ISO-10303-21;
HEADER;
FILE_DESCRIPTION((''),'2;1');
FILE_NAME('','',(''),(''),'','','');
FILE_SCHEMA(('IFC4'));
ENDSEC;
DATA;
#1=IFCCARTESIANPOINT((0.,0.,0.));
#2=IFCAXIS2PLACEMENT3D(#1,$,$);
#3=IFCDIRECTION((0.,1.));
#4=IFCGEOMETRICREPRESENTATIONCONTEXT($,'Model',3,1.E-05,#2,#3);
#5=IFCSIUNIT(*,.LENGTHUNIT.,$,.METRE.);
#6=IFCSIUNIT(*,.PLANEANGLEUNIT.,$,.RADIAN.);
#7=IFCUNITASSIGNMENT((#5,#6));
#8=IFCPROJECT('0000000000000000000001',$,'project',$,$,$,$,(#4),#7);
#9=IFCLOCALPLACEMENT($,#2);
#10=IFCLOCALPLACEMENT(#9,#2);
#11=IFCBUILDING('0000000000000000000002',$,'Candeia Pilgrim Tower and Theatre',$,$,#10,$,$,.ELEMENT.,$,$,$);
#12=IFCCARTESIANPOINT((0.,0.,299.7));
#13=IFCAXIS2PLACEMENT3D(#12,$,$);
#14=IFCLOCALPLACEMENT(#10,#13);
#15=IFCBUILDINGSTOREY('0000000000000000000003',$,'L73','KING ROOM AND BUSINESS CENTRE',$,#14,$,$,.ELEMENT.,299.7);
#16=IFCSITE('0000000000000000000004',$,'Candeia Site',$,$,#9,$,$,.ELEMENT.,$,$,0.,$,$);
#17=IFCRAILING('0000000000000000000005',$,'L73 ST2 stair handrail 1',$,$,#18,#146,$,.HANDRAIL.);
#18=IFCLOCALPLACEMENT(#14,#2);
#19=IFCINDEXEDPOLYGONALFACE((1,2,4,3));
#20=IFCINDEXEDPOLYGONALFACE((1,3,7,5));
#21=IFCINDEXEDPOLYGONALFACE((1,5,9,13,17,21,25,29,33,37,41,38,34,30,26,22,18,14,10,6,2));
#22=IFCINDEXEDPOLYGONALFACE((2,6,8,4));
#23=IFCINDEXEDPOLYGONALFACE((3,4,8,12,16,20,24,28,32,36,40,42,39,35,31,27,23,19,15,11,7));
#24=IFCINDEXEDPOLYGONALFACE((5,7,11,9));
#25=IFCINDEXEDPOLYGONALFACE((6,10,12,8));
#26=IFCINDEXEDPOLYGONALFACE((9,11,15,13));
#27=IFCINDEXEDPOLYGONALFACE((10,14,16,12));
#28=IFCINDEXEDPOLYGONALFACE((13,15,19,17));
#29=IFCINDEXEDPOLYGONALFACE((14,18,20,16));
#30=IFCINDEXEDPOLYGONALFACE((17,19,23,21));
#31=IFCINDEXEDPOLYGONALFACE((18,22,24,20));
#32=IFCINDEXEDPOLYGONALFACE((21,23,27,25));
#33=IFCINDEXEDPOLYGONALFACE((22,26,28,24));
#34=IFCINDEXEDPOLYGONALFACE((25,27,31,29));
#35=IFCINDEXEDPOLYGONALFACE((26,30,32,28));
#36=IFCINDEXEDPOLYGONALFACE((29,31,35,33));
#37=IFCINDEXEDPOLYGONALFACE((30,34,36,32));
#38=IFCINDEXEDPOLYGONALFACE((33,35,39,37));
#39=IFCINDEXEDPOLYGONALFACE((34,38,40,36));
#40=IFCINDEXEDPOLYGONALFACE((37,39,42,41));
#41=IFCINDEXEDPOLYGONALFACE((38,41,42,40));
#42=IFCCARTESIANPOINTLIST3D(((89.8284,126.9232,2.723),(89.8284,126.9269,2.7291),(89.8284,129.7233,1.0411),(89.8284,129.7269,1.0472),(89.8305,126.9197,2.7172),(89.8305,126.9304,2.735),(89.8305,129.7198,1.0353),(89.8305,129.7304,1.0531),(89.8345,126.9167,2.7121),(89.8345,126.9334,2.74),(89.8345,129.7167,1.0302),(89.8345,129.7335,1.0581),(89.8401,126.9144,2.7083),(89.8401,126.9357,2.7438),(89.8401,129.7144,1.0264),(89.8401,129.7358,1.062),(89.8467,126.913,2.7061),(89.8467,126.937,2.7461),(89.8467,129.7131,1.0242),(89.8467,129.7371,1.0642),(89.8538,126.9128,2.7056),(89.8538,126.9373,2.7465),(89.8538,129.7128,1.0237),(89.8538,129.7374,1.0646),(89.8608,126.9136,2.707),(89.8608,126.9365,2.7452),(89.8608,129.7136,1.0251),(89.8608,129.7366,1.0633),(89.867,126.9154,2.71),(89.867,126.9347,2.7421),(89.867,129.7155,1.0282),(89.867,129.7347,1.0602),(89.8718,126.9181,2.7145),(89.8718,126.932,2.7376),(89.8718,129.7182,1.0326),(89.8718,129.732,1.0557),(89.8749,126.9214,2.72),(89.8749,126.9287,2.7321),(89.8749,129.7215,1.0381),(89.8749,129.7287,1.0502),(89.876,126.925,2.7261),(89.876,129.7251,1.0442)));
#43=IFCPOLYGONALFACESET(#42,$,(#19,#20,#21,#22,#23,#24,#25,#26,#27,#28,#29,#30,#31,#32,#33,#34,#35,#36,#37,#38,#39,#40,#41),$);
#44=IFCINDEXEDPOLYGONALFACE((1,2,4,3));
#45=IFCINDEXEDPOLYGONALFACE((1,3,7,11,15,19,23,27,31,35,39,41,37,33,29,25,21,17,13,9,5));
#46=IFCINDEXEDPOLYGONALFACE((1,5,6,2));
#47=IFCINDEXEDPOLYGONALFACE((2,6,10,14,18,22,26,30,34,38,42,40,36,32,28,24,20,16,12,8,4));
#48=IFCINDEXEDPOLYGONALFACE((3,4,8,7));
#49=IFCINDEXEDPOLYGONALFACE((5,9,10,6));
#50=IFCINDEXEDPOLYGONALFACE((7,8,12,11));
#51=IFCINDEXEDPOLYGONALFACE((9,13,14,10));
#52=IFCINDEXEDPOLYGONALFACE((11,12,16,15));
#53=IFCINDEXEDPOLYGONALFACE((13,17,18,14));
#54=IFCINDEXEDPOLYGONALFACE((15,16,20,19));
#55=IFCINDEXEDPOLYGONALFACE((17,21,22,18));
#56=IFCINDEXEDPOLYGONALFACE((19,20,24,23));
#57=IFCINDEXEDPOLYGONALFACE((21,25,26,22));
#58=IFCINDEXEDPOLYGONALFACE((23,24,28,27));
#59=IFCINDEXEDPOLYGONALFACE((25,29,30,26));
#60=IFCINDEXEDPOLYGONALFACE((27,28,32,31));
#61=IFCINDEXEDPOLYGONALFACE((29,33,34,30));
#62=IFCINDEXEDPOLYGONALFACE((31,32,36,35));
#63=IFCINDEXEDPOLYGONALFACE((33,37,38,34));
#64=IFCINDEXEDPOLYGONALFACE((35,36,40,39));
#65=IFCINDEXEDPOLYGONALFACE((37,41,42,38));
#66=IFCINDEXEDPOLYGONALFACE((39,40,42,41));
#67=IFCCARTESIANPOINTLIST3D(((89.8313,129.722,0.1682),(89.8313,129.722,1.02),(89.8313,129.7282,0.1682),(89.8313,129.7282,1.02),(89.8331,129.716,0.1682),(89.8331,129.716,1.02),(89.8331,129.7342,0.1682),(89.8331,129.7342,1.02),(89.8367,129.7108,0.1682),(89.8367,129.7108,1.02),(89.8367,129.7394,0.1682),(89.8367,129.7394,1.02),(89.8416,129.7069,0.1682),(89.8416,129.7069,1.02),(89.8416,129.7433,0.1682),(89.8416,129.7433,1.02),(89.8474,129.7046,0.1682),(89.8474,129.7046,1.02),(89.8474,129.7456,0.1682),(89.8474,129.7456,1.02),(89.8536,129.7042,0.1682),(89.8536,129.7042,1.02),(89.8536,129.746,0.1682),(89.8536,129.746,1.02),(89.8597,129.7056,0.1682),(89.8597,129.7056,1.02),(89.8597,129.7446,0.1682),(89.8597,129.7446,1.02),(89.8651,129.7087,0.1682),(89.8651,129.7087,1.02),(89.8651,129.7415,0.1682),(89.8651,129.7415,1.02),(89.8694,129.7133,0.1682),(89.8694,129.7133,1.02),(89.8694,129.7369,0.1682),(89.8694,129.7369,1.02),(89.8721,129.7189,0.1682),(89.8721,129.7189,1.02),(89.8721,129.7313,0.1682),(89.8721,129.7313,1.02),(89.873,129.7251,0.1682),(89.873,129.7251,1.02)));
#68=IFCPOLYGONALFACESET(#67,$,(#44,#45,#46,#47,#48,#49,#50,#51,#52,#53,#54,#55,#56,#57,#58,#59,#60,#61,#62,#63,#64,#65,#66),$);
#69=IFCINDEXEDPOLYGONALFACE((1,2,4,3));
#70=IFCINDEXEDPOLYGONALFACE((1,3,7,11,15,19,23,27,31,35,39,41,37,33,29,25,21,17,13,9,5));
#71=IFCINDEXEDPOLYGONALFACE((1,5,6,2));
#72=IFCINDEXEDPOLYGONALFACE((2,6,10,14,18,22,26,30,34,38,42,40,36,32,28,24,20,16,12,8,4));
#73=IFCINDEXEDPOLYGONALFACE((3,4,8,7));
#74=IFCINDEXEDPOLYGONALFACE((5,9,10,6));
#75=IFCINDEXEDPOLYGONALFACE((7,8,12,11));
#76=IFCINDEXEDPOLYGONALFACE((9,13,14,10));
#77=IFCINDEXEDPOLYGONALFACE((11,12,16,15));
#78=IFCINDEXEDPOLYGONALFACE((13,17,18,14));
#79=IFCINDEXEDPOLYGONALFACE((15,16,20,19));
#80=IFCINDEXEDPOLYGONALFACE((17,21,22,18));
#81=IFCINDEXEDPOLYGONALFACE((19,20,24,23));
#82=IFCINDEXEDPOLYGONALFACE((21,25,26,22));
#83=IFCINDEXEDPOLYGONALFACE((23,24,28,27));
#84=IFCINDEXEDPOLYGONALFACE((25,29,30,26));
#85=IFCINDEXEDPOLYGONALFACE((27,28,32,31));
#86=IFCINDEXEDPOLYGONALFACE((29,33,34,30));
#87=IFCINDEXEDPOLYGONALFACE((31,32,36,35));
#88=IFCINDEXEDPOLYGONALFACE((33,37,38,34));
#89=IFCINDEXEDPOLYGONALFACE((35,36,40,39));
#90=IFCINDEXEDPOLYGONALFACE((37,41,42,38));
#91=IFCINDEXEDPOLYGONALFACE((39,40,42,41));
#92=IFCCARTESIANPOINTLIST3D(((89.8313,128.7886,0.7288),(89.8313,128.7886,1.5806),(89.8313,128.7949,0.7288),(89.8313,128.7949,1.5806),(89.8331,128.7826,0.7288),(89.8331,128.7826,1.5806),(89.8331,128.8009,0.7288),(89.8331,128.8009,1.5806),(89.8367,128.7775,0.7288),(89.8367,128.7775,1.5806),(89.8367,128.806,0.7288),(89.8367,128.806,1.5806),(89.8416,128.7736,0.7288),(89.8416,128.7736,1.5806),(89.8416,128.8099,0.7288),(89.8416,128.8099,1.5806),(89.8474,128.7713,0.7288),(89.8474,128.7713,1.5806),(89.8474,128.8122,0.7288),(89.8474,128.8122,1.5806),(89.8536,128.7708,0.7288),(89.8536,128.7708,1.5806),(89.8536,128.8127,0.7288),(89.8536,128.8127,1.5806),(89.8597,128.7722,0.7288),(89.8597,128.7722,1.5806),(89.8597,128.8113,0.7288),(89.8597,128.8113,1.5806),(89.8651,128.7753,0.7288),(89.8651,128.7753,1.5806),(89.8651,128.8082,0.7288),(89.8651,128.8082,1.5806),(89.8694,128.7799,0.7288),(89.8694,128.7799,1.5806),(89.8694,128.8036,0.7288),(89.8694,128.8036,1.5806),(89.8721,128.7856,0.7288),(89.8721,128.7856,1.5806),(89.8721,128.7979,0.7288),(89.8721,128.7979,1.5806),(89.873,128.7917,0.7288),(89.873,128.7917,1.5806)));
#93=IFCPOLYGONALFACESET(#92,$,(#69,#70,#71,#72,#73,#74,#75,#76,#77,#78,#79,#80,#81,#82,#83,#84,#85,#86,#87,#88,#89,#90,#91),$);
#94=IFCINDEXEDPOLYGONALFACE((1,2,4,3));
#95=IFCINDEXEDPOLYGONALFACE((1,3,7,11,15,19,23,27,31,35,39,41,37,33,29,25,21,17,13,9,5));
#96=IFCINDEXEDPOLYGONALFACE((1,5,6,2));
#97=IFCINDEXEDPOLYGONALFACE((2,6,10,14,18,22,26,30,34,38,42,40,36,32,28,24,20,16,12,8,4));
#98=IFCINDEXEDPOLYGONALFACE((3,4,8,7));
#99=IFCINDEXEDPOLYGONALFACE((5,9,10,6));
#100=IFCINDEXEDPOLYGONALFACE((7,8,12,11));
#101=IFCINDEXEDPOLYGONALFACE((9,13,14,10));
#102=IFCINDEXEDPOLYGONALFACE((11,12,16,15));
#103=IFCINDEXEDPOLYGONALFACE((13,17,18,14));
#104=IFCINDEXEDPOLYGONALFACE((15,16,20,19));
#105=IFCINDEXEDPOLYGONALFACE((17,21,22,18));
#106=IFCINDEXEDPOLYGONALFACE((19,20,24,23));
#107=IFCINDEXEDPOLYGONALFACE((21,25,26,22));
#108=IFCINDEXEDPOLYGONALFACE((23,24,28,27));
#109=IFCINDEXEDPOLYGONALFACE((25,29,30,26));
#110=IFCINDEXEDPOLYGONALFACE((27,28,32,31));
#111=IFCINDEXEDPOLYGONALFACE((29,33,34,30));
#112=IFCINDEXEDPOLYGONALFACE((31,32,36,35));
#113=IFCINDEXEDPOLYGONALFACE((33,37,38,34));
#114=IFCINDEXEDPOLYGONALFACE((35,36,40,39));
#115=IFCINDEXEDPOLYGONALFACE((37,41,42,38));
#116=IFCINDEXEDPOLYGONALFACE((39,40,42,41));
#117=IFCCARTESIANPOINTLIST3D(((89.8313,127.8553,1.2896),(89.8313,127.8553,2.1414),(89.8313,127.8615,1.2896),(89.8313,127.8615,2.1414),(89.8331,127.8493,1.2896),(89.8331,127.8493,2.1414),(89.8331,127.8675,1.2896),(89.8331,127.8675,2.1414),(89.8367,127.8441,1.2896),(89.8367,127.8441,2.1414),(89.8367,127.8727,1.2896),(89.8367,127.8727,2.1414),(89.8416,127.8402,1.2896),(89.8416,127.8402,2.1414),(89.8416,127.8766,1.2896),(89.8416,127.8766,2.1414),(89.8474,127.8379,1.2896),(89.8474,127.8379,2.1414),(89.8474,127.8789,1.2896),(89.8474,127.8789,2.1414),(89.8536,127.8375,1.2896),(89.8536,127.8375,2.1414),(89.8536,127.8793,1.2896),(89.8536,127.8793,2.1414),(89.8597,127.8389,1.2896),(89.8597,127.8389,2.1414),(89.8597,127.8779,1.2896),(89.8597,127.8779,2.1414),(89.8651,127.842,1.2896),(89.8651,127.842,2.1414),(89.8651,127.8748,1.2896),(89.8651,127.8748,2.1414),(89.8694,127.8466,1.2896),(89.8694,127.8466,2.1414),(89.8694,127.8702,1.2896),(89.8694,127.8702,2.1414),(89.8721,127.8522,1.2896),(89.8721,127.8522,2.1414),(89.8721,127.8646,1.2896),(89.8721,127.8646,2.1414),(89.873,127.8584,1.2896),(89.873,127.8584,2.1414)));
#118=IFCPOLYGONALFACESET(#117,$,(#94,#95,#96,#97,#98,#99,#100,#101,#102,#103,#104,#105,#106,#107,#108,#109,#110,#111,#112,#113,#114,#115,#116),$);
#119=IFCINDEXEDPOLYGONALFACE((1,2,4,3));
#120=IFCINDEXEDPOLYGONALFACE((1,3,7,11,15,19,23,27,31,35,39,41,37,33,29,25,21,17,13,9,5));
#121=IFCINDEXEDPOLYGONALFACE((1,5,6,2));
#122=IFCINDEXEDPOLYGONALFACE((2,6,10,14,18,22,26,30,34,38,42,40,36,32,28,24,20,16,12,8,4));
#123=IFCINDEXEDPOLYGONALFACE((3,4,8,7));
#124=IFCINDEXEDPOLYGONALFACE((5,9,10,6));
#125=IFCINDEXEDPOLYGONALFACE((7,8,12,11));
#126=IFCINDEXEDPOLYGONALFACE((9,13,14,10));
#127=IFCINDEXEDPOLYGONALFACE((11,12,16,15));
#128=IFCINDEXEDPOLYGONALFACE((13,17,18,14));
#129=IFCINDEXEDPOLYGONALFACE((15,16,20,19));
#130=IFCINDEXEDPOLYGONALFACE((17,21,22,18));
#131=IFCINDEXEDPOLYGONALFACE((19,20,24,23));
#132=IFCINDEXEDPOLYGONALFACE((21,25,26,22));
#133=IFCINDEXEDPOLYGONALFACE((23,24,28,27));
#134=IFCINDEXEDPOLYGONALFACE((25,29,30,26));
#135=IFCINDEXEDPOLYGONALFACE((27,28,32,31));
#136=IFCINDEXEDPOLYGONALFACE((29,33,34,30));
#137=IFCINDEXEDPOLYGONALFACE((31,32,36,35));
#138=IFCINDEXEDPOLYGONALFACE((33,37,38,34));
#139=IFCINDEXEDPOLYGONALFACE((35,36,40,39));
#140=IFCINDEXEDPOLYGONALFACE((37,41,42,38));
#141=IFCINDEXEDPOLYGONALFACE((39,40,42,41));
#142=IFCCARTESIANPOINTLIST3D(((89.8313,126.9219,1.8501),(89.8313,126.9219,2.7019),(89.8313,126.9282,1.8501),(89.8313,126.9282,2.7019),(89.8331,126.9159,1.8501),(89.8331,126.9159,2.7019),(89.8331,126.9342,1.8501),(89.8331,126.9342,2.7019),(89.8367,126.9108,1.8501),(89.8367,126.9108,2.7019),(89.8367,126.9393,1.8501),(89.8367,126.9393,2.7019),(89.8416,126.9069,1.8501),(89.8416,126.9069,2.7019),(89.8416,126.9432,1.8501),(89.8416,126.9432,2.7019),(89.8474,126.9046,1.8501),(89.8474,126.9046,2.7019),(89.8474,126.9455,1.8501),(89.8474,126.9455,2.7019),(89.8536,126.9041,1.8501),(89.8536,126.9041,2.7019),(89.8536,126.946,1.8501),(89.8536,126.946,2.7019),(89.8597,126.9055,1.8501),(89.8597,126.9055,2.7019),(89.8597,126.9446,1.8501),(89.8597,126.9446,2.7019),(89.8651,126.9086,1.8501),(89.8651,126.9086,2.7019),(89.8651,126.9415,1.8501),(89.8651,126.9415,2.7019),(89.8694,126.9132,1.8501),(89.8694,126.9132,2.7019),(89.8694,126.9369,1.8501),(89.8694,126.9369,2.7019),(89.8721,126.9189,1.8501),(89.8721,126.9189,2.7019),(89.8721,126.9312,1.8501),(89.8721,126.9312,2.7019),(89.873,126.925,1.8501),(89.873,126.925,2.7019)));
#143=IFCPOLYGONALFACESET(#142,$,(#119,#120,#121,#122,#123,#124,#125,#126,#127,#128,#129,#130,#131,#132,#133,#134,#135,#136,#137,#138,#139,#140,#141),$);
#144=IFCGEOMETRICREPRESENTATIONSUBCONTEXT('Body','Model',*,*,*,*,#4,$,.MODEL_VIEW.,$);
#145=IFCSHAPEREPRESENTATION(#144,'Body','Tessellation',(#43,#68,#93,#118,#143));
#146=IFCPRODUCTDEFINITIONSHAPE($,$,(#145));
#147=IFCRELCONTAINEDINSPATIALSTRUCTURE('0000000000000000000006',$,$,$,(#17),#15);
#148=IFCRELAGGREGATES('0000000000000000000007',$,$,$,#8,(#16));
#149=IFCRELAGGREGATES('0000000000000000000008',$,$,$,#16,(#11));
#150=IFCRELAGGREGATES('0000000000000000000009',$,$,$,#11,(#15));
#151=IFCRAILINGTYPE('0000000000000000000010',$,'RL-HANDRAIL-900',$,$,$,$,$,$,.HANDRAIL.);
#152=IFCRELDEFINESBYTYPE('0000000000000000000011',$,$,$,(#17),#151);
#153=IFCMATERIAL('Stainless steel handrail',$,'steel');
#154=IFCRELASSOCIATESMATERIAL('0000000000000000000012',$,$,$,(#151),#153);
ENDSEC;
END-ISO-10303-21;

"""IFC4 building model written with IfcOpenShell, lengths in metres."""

from ifc_helpers import new_model, si_unit, direction, frame, origin, origin_2d, place, context, subcontext, project, spatial, circle, extrude, material, type_object, element, save


model = new_model("IFC4")

# Units and contexts
model_context = context("Model", 3, precision=1e-05, world=origin(), true_north=direction((0.0, 1.0)))
body_context = subcontext(model_context, "Body", "Model", "MODEL_VIEW")
ifc_project = project(units=[si_unit("LENGTHUNIT", "METRE"), si_unit("PLANEANGLEUNIT", "RADIAN")], contexts=[model_context])

# Site, building, storey
site_placement = place(None, origin())
site = spatial("IfcSite", under=ifc_project, at=site_placement, Name="Candeia Site", CompositionType="ELEMENT", RefElevation=0.0)
building_placement = place(site_placement, origin())
building = spatial("IfcBuilding", under=site, at=building_placement, Name="Candeia Pilgrim Tower and Theatre", CompositionType="ELEMENT")
storey_placement = place(building_placement, frame((0.0, 0.0, 299.7)))
storey = spatial("IfcBuildingStorey", under=building, at=storey_placement, Name="L73", Description="KING ROOM AND BUSINESS CENTRE", CompositionType="ELEMENT", Elevation=299.7)

# Railing
ifc_material_1 = material(Name="Stainless steel handrail", Category="steel")
railing_type_1 = type_object("IfcRailingType", Name="RL-HANDRAIL-900", PredefinedType="HANDRAIL", material=ifc_material_1)
railing_1_placement = place(storey_placement, frame((89.8521, 129.7251, 0.1682)))
element("IfcRailing", 1, at=railing_1_placement, inside=storey, type_object=railing_type_1, Name="L73 ST2 stair handrail 1", PredefinedType="HANDRAIL", context=body_context, shape_type="SweptSolid", body=[
    extrude(circle(Radius=0.0239, at=origin_2d()), frame((0.0, 0.0, 0.876), z_axis=(0.0, -0.857242, 0.514913), x_axis=(1.0, 0.0, 0.0)), (0.0, 0.0, 1.0), 3.2664),
    extrude(circle(Radius=0.021, at=origin_2d()), origin(), (0.0, 0.0, 1.0), 0.8518),
    extrude(circle(Radius=0.021, at=origin_2d()), frame((0.0, -0.9333, 0.5605)), (0.0, 0.0, 1.0), 0.8518),
    extrude(circle(Radius=0.021, at=origin_2d()), frame((0.0, -1.8667, 1.1213)), (0.0, 0.0, 1.0), 0.8518),
    extrude(circle(Radius=0.021, at=origin_2d()), frame((0.0, -2.8, 1.6819)), (0.0, 0.0, 1.0), 0.8518),
])

save(model, "model.ifc")
